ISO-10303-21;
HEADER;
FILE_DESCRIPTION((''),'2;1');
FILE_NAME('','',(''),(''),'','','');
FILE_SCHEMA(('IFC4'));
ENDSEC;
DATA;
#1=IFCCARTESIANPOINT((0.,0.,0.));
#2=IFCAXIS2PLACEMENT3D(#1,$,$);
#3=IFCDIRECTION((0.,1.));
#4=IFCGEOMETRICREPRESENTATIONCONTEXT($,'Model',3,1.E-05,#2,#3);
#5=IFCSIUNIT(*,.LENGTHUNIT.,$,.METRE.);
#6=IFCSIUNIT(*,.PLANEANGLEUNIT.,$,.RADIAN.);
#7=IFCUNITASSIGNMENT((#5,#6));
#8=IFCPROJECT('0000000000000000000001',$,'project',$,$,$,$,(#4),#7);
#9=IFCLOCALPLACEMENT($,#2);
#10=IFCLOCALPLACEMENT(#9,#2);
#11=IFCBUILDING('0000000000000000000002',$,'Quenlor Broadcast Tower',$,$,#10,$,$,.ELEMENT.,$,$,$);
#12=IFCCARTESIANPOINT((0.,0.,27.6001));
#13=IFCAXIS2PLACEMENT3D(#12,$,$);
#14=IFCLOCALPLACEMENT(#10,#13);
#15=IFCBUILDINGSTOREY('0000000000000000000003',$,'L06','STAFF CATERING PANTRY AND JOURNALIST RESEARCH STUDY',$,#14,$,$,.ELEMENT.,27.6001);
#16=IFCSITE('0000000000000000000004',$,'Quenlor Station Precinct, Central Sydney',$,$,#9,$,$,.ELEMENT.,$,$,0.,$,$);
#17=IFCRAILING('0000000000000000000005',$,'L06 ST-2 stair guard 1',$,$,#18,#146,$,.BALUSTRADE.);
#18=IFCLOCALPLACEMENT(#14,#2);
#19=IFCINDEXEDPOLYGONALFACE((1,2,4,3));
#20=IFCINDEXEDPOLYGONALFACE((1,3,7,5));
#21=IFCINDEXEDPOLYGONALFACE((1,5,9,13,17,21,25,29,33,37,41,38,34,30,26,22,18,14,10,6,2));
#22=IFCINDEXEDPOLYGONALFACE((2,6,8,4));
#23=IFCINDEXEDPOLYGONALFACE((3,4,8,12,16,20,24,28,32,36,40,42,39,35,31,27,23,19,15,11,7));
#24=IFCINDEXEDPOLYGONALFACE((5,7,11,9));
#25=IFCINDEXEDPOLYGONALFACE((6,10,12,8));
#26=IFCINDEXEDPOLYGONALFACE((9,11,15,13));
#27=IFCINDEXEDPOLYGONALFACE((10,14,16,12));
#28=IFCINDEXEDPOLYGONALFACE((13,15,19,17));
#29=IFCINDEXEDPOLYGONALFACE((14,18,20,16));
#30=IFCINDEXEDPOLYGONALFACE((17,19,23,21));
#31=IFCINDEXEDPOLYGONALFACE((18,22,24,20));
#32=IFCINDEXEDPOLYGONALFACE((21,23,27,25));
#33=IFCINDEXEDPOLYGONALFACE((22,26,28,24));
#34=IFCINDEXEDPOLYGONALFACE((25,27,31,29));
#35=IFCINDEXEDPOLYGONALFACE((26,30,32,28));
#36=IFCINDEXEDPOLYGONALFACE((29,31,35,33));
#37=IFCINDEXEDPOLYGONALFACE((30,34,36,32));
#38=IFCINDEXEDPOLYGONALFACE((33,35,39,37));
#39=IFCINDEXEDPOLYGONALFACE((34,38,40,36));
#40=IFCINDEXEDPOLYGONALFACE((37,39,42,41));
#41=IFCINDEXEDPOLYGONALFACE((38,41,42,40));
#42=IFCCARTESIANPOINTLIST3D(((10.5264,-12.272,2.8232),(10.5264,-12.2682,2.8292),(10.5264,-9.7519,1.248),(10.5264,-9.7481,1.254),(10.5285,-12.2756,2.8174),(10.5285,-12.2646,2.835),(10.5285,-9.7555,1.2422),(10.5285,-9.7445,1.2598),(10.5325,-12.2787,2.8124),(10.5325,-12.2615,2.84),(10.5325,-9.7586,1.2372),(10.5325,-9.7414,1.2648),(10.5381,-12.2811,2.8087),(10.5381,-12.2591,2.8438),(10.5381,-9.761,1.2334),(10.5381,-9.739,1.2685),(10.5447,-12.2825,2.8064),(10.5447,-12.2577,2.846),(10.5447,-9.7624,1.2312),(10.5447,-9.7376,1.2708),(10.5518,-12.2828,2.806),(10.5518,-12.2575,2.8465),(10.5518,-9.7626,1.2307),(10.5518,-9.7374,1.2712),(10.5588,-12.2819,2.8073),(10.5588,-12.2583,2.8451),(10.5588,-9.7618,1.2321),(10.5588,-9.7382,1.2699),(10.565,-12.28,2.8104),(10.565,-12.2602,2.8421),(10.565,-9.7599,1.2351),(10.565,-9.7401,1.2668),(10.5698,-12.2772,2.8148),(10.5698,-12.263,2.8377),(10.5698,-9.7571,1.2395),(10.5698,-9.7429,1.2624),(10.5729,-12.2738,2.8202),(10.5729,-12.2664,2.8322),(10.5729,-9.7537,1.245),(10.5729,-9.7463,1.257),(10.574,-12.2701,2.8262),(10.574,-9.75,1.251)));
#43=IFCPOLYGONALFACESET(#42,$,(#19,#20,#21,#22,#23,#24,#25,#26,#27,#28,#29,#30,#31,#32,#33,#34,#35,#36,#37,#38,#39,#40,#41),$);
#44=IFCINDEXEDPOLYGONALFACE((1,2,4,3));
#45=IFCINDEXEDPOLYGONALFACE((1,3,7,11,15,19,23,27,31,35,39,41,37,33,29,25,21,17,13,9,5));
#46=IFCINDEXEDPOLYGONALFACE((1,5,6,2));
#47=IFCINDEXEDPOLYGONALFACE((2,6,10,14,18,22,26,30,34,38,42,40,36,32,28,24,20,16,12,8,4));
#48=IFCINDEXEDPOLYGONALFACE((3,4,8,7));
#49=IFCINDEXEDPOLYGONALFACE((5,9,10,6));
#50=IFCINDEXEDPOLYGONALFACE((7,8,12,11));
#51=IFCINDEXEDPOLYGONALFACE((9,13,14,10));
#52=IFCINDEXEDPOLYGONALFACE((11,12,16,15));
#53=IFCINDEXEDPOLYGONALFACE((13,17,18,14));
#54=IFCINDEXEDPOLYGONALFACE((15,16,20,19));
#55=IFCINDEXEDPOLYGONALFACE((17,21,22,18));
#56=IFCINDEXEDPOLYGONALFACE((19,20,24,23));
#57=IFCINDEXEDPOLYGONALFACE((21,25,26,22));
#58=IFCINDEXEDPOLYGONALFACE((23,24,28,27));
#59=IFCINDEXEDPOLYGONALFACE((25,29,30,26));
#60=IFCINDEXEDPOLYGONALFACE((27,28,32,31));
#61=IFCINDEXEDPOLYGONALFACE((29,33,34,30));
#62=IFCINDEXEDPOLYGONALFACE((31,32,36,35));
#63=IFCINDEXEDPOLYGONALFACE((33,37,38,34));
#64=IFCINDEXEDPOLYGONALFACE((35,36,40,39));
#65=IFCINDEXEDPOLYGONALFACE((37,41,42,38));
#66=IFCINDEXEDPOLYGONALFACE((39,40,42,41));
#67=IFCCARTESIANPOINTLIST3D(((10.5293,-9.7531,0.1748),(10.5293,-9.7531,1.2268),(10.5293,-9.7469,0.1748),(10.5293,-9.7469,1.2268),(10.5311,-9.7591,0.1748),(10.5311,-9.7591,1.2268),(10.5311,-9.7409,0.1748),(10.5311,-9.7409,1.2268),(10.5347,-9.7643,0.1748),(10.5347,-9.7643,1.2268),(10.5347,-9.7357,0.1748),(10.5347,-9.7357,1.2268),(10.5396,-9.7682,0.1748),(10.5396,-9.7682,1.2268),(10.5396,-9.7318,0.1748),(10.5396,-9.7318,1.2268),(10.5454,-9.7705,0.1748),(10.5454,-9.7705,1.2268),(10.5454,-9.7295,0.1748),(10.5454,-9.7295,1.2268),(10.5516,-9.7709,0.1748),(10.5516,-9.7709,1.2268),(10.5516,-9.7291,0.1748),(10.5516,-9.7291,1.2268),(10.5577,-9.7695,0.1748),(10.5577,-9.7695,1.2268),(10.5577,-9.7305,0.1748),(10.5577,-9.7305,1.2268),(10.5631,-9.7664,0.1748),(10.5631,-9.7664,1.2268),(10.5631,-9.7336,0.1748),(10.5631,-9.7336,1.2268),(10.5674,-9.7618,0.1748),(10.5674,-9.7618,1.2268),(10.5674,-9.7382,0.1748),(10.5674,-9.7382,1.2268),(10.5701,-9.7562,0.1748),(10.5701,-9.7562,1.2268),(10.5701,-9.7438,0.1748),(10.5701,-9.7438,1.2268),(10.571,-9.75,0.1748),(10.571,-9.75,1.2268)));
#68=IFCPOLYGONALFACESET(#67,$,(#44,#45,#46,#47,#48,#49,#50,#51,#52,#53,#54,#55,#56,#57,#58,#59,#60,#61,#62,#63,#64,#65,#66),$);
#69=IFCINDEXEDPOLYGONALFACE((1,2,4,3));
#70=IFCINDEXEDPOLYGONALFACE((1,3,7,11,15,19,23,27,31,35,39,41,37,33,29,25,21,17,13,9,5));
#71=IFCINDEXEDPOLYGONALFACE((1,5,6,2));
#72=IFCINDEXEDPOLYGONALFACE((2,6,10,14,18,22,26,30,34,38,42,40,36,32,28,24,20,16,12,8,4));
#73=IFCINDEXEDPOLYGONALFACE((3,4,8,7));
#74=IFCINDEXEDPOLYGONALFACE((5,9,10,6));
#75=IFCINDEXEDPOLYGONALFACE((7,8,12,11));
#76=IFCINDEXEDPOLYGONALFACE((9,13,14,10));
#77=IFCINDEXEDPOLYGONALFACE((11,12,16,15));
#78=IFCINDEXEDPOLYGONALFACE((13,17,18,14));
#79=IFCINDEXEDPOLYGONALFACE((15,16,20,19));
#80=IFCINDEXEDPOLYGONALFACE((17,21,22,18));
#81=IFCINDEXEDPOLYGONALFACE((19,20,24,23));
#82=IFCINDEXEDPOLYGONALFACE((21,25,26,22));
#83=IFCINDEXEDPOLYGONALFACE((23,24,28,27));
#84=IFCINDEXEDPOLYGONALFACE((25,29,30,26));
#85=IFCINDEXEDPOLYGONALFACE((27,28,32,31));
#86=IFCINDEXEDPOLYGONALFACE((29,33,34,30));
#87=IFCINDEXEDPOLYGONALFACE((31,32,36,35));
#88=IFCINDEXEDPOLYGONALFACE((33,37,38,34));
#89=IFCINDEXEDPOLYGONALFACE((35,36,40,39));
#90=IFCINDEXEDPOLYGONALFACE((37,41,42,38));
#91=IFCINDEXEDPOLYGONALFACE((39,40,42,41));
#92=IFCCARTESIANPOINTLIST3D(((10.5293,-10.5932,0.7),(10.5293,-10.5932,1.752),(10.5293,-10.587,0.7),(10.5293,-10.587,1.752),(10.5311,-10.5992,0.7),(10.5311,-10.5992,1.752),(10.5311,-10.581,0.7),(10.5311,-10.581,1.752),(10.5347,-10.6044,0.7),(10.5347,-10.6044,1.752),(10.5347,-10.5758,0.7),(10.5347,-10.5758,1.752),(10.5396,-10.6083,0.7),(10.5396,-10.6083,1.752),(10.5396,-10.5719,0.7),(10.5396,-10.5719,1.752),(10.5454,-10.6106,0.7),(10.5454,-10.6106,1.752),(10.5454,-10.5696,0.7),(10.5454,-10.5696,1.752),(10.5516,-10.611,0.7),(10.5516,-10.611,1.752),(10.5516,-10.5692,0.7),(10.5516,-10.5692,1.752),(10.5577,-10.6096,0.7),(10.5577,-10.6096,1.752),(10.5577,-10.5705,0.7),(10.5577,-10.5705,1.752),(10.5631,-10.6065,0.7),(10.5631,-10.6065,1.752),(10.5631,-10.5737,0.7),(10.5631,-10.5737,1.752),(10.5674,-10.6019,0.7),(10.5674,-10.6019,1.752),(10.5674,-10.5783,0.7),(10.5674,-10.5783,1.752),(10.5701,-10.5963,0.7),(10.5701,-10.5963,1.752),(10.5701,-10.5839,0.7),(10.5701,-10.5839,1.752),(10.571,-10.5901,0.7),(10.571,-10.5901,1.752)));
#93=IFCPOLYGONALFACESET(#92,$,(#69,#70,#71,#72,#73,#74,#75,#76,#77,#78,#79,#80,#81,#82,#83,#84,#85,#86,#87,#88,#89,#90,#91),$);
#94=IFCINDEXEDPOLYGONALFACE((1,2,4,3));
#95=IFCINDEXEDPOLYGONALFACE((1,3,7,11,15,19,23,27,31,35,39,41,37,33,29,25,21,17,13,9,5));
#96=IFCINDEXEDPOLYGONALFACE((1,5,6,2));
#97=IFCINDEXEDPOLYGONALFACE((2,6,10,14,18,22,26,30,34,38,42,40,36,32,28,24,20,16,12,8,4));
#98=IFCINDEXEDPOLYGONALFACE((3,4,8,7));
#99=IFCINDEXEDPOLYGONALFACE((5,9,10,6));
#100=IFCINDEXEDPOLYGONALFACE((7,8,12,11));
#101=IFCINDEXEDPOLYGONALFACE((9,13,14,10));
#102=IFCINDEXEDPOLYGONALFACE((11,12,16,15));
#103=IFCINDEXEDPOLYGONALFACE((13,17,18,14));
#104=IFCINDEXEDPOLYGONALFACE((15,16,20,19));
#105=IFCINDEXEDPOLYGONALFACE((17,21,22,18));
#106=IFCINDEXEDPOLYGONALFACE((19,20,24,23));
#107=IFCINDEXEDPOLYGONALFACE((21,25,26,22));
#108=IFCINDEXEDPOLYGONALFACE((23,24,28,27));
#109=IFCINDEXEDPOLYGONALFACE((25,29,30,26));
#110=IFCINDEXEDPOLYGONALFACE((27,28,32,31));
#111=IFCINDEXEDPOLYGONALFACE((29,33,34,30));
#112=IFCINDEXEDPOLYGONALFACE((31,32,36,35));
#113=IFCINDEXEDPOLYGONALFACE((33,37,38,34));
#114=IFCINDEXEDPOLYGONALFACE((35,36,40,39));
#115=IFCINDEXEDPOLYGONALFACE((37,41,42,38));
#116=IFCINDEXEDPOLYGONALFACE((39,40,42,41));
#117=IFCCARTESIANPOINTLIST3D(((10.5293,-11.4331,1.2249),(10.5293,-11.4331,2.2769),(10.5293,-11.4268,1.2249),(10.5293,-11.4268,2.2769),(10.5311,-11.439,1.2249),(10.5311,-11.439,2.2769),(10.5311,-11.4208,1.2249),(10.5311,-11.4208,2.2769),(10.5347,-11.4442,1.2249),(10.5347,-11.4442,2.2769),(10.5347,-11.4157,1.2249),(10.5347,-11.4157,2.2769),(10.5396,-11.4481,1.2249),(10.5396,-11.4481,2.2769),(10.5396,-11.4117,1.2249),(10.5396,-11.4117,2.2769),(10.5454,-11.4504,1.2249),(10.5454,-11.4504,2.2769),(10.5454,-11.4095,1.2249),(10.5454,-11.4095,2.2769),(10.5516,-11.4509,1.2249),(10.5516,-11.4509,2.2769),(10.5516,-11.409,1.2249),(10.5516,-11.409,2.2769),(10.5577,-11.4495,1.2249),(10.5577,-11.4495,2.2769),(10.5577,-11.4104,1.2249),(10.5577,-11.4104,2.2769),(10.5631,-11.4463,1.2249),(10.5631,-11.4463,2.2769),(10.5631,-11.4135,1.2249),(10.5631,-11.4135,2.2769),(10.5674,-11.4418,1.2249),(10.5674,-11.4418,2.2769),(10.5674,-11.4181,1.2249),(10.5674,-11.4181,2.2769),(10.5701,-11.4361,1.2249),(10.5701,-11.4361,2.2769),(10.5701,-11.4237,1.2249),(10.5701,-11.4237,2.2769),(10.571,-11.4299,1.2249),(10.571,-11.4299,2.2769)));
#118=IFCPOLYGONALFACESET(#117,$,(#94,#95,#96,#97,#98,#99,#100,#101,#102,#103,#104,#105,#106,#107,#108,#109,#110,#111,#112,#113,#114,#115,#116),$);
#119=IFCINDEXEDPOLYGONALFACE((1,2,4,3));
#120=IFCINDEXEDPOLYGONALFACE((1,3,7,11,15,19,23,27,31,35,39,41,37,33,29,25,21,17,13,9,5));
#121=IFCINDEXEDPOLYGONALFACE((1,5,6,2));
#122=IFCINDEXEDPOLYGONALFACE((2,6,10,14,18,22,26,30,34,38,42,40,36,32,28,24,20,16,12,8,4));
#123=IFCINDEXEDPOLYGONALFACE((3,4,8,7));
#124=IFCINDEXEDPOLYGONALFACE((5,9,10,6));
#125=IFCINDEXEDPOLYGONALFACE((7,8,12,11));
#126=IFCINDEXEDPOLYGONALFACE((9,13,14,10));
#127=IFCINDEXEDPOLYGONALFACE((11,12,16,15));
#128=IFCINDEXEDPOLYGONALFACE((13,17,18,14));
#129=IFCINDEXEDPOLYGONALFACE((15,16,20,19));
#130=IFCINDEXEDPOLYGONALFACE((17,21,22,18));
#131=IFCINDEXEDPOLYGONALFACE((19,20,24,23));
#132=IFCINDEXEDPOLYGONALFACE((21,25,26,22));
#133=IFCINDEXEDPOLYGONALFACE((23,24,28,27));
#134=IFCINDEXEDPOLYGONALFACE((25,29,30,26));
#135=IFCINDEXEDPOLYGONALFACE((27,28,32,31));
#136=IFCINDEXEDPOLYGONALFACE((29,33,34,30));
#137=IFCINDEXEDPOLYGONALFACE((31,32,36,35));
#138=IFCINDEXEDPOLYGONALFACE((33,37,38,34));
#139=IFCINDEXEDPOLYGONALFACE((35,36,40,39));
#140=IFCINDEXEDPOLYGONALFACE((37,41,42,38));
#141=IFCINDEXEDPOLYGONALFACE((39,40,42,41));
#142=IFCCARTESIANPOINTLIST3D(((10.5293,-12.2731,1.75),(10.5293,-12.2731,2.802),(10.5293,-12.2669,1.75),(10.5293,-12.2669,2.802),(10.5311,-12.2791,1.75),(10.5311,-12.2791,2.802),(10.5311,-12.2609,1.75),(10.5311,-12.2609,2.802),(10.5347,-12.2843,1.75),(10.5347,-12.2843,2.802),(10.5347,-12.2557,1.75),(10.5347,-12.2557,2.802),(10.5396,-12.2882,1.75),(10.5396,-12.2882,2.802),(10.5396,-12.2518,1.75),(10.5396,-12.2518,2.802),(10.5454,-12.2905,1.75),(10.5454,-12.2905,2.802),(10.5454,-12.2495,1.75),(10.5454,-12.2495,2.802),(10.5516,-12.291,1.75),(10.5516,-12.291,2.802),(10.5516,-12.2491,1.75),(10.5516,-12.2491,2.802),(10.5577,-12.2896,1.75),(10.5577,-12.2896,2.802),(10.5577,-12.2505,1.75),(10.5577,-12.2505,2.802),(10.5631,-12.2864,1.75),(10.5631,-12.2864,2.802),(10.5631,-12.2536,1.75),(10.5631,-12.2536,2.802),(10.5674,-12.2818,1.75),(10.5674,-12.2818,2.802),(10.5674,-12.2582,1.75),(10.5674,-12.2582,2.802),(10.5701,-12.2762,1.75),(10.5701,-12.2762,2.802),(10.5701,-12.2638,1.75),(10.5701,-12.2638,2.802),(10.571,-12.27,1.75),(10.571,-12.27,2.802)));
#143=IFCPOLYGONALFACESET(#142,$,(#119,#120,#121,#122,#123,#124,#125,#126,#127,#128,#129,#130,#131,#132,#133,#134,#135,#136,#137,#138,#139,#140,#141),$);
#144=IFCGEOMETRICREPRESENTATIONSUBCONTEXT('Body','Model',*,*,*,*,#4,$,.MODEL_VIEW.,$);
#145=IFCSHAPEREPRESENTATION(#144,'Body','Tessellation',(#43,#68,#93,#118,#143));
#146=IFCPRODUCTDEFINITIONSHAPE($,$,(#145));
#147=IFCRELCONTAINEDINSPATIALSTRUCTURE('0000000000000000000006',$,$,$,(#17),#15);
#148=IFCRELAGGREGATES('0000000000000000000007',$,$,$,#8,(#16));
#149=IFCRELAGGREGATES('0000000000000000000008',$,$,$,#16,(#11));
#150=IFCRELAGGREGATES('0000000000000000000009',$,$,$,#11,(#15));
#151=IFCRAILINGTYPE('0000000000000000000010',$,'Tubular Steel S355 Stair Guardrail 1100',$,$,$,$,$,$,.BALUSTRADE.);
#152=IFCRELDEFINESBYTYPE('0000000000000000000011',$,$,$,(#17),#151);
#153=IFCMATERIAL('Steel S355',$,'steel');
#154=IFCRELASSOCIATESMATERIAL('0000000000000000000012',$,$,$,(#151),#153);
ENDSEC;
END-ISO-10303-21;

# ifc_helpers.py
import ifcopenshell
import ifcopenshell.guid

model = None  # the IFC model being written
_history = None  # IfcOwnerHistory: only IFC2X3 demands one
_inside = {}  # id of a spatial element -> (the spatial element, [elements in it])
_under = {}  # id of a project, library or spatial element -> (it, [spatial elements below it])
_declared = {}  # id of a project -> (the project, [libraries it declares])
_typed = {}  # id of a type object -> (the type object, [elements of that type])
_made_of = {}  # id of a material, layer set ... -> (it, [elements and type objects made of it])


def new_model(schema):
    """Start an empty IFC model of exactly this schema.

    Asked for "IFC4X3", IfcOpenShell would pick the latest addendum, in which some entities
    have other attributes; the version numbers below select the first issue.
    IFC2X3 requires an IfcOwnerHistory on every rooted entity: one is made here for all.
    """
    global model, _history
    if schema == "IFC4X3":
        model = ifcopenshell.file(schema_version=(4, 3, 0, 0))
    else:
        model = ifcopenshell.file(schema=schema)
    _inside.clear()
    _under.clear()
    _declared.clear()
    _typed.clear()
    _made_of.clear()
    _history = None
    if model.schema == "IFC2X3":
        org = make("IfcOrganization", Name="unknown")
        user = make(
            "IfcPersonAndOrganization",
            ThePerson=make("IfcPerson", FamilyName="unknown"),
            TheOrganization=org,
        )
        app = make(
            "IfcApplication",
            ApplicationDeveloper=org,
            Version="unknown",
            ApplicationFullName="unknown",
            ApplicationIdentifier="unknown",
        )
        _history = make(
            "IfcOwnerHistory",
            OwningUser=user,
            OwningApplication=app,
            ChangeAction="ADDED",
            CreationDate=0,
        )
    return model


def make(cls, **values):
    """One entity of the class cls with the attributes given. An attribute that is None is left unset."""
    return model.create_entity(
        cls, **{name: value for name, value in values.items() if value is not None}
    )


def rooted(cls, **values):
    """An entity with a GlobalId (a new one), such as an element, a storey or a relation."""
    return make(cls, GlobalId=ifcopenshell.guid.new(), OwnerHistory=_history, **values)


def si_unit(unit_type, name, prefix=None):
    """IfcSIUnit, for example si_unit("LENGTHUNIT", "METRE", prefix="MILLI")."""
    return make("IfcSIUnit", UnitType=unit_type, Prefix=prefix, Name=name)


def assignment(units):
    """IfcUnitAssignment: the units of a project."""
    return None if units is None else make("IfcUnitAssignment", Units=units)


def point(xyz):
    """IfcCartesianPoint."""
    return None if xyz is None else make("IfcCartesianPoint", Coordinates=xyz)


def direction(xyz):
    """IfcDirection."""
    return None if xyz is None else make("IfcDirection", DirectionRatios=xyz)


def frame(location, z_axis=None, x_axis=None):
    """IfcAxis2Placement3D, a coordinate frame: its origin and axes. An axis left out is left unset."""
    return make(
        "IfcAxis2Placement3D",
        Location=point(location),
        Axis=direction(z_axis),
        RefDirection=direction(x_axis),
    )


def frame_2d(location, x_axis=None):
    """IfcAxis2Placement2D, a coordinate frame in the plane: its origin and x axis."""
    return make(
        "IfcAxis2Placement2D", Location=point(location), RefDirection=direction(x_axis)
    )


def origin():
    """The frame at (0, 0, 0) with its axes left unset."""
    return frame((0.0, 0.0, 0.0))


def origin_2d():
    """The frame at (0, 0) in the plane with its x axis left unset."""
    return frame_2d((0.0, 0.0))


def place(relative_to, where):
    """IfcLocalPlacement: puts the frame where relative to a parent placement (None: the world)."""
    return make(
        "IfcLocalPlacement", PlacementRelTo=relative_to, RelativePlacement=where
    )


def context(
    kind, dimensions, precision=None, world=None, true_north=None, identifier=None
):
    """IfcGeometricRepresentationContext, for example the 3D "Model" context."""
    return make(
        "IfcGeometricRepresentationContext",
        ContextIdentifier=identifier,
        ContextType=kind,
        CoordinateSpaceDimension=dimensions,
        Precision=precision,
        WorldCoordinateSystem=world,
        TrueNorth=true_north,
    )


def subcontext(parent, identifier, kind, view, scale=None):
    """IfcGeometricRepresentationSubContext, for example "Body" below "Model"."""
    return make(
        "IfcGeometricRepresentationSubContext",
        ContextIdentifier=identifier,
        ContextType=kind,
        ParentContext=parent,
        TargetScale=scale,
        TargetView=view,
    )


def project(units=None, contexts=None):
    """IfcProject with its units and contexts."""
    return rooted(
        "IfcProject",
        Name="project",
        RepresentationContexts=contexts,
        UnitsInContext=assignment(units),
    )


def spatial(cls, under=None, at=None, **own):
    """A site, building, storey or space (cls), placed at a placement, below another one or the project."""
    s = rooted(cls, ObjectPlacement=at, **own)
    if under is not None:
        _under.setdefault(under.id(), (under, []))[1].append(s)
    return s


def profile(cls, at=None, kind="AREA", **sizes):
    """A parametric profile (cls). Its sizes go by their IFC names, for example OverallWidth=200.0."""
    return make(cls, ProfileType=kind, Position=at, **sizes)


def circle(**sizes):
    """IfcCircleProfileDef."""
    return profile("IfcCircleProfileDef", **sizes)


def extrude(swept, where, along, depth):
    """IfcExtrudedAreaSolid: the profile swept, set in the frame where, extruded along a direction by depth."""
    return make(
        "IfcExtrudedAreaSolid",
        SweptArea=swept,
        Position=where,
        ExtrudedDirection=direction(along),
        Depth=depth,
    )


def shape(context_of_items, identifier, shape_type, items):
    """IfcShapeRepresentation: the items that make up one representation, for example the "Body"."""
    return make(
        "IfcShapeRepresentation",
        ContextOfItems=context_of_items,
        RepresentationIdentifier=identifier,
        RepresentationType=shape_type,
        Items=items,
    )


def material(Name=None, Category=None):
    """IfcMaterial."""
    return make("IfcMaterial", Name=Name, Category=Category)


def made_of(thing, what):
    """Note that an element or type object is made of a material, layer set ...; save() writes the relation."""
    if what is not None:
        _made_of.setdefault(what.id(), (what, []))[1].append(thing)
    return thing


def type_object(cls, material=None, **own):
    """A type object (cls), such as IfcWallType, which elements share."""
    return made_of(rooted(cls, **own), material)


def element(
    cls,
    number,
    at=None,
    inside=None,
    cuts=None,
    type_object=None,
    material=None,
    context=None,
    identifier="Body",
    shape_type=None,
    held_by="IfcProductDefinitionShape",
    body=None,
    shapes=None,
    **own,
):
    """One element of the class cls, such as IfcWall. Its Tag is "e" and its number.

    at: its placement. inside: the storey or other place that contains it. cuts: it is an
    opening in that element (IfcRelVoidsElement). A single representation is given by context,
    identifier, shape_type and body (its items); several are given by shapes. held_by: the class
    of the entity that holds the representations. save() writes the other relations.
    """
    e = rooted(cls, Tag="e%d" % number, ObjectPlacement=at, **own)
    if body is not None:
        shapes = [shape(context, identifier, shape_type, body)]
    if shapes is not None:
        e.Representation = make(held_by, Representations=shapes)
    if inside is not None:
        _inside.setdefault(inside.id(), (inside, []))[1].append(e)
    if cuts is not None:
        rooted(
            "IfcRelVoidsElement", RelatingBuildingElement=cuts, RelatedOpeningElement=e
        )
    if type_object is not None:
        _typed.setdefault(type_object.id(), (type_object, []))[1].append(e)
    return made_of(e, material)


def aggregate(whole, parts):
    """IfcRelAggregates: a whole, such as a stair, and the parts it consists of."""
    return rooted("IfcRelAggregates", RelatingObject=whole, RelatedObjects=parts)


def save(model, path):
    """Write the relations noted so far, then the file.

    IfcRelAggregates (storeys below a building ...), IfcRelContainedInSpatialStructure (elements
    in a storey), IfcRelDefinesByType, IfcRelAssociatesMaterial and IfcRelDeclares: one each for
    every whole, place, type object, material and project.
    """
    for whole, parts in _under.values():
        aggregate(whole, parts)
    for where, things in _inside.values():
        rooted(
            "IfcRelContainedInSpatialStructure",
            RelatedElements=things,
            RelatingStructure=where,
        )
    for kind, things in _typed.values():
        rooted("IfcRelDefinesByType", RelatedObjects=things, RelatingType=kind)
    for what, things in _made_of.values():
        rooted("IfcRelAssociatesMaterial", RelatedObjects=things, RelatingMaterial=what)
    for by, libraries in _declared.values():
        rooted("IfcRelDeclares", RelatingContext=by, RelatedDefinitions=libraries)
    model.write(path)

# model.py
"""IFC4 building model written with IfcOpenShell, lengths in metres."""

from ifc_helpers import new_model, si_unit, direction, frame, origin, origin_2d, place, context, subcontext, project, spatial, circle, extrude, material, type_object, element, save


model = new_model("IFC4")

# Units and contexts
model_context = context("Model", 3, precision=1e-05, world=origin(), true_north=direction((0.0, 1.0)))
body_context = subcontext(model_context, "Body", "Model", "MODEL_VIEW")
ifc_project = project(units=[si_unit("LENGTHUNIT", "METRE"), si_unit("PLANEANGLEUNIT", "RADIAN")], contexts=[model_context])

# Site, building, storey
site_placement = place(None, origin())
site = spatial("IfcSite", under=ifc_project, at=site_placement, Name="Quenlor Station Precinct, Central Sydney", CompositionType="ELEMENT", RefElevation=0.0)
building_placement = place(site_placement, origin())
building = spatial("IfcBuilding", under=site, at=building_placement, Name="Quenlor Broadcast Tower", CompositionType="ELEMENT")
storey_placement = place(building_placement, frame((0.0, 0.0, 27.6001)))
storey = spatial("IfcBuildingStorey", under=building, at=storey_placement, Name="L06", Description="STAFF CATERING PANTRY AND JOURNALIST RESEARCH STUDY", CompositionType="ELEMENT", Elevation=27.6001)

# Railing
ifc_material_1 = material(Name="Steel S355", Category="steel")
railing_type = type_object("IfcRailingType", Name="Tubular Steel S355 Stair Guardrail 1100", PredefinedType="BALUSTRADE", material=ifc_material_1)
railing_1_placement = place(storey_placement, frame((10.55, -9.75, 0.1748)))
element("IfcRailing", 1, at=railing_1_placement, inside=storey, type_object=railing_type, Name="L06 ST-2 stair guard 1", PredefinedType="BALUSTRADE", context=body_context, shape_type="SweptSolid", body=[
    extrude(circle(Radius=0.0239, at=origin_2d()), frame((0.0, 0.0, 1.0762), z_axis=(0.0, -0.847971, 0.530043), x_axis=(1.0, 0.0, 0.0)), (0.0, 0.0, 1.0), 2.9719),
    extrude(circle(Radius=0.021, at=origin_2d()), origin(), (0.0, 0.0, 1.0), 1.052),
    extrude(circle(Radius=0.021, at=origin_2d()), frame((0.0, -0.8401, 0.5251)), (0.0, 0.0, 1.0), 1.052),
    extrude(circle(Radius=0.021, at=origin_2d()), frame((0.0, -1.6799, 1.05)), (0.0, 0.0, 1.0), 1.052),
    extrude(circle(Radius=0.021, at=origin_2d()), frame((0.0, -2.52, 1.5752)), (0.0, 0.0, 1.0), 1.052),
])

save(model, "model.ifc")
